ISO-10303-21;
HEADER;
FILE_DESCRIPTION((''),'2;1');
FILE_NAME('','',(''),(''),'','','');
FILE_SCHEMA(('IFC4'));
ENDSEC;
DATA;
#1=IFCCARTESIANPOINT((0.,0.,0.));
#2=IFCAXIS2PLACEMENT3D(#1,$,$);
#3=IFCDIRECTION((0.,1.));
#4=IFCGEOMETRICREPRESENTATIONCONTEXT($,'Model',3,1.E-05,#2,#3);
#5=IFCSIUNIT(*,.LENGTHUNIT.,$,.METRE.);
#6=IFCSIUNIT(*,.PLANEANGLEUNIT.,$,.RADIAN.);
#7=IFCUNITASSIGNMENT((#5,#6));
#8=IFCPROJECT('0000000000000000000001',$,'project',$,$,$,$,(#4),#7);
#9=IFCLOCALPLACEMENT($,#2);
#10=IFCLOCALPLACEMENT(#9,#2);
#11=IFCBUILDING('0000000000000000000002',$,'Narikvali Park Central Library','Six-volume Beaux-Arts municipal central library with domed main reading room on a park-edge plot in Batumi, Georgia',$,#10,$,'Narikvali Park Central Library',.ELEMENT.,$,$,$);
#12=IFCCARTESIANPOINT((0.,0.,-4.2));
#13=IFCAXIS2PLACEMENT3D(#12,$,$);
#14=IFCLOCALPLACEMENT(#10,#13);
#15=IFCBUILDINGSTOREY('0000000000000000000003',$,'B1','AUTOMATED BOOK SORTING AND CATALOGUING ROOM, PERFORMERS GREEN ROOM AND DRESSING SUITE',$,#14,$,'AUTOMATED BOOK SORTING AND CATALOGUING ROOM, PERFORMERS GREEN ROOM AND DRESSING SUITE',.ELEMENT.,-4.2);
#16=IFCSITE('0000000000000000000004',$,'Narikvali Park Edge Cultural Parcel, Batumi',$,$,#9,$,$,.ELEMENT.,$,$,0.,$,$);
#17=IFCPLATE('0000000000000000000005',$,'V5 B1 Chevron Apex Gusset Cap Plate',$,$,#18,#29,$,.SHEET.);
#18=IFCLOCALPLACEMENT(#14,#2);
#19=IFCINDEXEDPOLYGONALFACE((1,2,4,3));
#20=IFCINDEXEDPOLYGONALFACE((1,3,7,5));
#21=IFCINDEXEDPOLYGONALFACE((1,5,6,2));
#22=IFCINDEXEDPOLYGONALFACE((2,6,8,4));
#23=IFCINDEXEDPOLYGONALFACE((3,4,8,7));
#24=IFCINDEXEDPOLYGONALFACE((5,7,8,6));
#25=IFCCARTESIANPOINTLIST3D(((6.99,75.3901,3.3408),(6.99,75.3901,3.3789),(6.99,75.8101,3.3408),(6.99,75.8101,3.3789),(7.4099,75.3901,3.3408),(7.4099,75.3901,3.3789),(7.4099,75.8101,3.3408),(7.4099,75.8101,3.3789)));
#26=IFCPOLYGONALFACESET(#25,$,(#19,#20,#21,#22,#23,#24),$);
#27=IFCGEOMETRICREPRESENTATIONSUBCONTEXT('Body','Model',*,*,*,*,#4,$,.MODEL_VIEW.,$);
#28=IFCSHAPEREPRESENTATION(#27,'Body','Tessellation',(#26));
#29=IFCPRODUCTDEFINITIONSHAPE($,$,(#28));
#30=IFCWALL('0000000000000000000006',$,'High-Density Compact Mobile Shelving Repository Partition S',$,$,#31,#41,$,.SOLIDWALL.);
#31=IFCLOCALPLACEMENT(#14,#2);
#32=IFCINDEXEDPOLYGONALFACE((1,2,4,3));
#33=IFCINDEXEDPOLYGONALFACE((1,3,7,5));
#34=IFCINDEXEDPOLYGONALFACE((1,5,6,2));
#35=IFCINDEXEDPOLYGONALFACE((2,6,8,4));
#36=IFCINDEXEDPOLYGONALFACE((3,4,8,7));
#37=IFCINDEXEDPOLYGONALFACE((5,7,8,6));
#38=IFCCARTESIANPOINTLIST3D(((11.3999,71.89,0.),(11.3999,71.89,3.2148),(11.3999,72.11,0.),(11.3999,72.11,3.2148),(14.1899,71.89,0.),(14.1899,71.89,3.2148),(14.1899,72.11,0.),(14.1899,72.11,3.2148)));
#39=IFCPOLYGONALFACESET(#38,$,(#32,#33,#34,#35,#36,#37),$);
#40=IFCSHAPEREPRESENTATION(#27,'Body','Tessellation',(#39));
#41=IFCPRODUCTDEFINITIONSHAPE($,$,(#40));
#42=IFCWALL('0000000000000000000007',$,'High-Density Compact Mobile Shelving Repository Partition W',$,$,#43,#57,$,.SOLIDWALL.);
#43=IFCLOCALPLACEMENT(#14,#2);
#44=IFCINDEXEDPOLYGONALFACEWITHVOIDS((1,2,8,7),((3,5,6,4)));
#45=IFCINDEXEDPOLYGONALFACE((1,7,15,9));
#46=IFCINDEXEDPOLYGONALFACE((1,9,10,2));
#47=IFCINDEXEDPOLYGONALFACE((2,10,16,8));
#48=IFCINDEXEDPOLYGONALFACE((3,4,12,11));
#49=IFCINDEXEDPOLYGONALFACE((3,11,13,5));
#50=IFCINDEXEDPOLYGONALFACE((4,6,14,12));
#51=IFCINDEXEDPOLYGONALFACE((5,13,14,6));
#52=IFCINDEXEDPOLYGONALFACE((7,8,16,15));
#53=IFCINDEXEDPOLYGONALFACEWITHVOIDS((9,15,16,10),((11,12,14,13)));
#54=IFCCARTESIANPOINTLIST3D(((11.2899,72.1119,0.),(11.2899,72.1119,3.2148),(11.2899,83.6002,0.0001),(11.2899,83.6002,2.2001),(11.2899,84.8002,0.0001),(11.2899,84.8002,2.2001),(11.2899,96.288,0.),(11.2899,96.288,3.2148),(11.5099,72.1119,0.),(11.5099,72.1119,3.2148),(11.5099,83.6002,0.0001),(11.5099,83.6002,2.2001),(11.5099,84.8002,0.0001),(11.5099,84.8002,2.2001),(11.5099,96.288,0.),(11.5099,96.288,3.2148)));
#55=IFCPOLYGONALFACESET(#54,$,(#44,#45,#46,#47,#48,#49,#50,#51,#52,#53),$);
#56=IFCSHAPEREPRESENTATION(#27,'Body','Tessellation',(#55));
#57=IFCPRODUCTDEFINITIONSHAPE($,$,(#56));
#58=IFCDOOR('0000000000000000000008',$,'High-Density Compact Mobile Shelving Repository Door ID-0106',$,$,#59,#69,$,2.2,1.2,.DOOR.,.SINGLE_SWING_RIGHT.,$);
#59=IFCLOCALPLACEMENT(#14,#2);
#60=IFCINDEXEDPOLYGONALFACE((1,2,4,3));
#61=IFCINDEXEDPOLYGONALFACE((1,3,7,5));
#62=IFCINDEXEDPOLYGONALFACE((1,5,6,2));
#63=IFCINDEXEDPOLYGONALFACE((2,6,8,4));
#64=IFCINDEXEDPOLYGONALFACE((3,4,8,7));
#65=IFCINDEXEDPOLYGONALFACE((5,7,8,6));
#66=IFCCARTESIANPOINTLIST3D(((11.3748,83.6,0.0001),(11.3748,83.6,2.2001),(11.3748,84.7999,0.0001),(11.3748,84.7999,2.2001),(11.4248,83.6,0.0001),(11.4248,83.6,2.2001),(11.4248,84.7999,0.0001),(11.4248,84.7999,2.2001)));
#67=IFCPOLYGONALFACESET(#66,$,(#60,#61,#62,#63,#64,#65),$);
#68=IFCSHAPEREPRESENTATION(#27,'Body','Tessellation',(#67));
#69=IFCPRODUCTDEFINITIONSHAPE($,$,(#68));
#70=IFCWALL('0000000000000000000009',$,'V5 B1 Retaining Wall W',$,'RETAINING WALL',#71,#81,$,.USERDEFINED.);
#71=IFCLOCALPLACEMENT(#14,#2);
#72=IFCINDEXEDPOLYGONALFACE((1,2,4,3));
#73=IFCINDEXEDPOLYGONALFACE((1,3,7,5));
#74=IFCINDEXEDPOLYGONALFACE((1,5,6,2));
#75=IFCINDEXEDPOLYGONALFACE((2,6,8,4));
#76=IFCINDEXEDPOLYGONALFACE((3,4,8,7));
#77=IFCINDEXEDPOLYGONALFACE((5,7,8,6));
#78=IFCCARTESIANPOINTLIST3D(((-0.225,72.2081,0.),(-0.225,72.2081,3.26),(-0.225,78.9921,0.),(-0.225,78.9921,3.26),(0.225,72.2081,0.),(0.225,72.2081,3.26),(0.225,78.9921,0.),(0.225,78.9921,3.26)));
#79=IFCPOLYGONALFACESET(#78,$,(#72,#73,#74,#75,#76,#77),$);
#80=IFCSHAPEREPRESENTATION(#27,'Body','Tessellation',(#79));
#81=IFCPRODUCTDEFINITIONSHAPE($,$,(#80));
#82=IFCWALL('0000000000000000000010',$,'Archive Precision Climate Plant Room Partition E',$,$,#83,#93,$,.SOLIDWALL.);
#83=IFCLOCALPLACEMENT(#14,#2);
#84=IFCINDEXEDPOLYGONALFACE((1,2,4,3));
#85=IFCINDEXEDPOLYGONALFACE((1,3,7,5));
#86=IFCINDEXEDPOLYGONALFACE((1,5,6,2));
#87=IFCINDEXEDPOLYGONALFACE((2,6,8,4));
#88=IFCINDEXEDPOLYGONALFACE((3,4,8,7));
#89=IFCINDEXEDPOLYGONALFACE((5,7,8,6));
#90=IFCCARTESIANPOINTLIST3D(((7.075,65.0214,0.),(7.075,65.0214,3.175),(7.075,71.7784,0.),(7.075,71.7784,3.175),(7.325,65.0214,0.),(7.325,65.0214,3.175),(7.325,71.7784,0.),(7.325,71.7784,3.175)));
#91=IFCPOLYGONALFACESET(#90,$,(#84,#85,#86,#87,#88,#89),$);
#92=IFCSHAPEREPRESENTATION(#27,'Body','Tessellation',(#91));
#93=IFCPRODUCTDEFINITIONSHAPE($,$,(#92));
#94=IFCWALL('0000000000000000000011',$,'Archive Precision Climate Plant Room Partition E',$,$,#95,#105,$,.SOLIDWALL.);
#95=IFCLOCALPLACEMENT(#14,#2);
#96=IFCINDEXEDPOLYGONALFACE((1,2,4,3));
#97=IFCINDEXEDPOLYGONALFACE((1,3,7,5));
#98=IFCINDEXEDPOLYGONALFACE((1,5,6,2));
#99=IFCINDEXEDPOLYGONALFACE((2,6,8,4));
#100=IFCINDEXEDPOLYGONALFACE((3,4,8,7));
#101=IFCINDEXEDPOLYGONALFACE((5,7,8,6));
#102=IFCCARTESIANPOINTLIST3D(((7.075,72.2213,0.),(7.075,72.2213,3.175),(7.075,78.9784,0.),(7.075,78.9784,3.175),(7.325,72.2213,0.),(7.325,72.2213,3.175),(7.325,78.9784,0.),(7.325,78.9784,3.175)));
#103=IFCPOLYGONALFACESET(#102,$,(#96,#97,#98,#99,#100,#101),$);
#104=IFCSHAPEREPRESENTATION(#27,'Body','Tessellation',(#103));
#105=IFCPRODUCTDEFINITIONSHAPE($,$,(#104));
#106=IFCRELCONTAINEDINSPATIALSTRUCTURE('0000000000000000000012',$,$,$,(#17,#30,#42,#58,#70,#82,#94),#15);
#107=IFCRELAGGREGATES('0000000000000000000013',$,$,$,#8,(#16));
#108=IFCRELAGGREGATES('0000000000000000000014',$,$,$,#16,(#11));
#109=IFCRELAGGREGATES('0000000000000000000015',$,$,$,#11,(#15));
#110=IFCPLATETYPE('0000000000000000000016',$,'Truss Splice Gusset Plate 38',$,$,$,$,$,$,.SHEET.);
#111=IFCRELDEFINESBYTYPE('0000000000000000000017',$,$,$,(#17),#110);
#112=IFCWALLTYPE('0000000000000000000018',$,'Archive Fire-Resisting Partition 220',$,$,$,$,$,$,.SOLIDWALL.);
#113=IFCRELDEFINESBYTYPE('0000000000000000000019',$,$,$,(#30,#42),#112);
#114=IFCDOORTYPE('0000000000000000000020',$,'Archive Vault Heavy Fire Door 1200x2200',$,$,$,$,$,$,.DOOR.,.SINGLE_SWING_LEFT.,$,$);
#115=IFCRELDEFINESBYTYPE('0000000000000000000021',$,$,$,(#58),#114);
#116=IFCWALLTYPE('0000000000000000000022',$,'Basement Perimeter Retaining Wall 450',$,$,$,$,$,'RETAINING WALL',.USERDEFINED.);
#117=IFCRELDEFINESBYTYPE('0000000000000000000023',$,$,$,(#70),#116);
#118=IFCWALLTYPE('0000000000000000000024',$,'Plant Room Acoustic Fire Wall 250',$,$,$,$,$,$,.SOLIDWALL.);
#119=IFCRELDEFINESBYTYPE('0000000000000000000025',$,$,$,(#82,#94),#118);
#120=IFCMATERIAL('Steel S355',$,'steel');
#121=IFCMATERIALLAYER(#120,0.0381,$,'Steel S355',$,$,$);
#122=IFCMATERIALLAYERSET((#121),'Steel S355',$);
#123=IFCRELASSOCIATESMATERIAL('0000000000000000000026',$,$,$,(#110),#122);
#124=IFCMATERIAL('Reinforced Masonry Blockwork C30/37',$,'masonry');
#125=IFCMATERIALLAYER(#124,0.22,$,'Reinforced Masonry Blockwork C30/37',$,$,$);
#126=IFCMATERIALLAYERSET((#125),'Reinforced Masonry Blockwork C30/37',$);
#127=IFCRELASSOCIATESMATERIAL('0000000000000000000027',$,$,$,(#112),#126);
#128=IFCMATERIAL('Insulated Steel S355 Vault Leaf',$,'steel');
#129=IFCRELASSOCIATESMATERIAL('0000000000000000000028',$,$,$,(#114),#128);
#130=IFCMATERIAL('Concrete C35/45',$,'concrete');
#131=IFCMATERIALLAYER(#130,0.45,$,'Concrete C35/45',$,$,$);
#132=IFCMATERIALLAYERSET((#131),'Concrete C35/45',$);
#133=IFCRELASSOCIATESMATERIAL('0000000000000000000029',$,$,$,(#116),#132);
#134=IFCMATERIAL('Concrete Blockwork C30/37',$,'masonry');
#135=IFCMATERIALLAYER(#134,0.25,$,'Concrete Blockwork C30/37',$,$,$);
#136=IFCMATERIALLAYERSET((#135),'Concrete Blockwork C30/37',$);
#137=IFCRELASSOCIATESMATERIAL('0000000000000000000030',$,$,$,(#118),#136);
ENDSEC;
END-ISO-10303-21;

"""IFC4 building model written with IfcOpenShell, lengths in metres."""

from ifc_helpers import new_model, si_unit, direction, frame, frame_2d, origin, origin_2d, place, context, subcontext, project, spatial, rectangle, extrude, material, layer, layer_set, type_object, element, fill, save


model = new_model("IFC4")

# Units and contexts
model_context = context("Model", 3, precision=1e-05, world=origin(), true_north=direction((0.0, 1.0)))
body_context = subcontext(model_context, "Body", "Model", "MODEL_VIEW")
ifc_project = project(units=[si_unit("LENGTHUNIT", "METRE"), si_unit("PLANEANGLEUNIT", "RADIAN")], contexts=[model_context])

# Site, building, storey
site_placement = place(None, origin())
site = spatial("IfcSite", under=ifc_project, at=site_placement, Name="Narikvali Park Edge Cultural Parcel, Batumi", CompositionType="ELEMENT", RefElevation=0.0)
building_placement = place(site_placement, origin())
building = spatial("IfcBuilding", under=site, at=building_placement, Name="Narikvali Park Central Library", Description="Six-volume Beaux-Arts municipal central library with domed main reading room on a park-edge plot in Batumi, Georgia", LongName="Narikvali Park Central Library", CompositionType="ELEMENT")
storey_placement = place(building_placement, frame((0.0, 0.0, -4.2)))
storey = spatial("IfcBuildingStorey", under=building, at=storey_placement, Name="B1", Description="AUTOMATED BOOK SORTING AND CATALOGUING ROOM, PERFORMERS GREEN ROOM AND DRESSING SUITE", LongName="AUTOMATED BOOK SORTING AND CATALOGUING ROOM, PERFORMERS GREEN ROOM AND DRESSING SUITE", CompositionType="ELEMENT", Elevation=-4.2)

# Shared definitions
ifc_material_1 = material(Name="Concrete C35/45", Category="concrete")

# Shared definitions
ifc_material_2 = material(Name="Steel S355", Category="steel")

# Plate
ifc_layer_1 = layer(ifc_material_2, 0.0381, Name="Steel S355")
ifc_layer_set_1 = layer_set([ifc_layer_1], Name="Steel S355")
plate_type_1 = type_object("IfcPlateType", Name="Truss Splice Gusset Plate 38", PredefinedType="SHEET", material=ifc_layer_set_1)
plate_1_placement = place(storey_placement, frame((7.2, 75.6001, 3.3408), z_axis=(0.0, 0.0, 1.0), x_axis=(1.0, 0.0, 0.0)))
element("IfcPlate", 1, at=plate_1_placement, inside=storey, type_object=plate_type_1, Name="V5 B1 Chevron Apex Gusset Cap Plate", PredefinedType="SHEET", context=body_context, shape_type="SweptSolid", body=[
    extrude(rectangle(XDim=0.4199, YDim=0.4199, at=origin_2d()), origin(), (0.0, 0.0, 1.0), 0.0381),
])

# Wall
ifc_material_3 = material(Name="Reinforced Masonry Blockwork C30/37", Category="masonry")
ifc_layer_2 = layer(ifc_material_3, 0.22, Name="Reinforced Masonry Blockwork C30/37")
ifc_layer_set_2 = layer_set([ifc_layer_2], Name="Reinforced Masonry Blockwork C30/37")
wall_type_1 = type_object("IfcWallType", Name="Archive Fire-Resisting Partition 220", PredefinedType="SOLIDWALL", material=ifc_layer_set_2)
wall_1_placement = place(storey_placement, frame((11.3999, 72.0, 0.0), z_axis=(0.0, 0.0, 1.0), x_axis=(1.0, 0.0, 0.0)))
element("IfcWall", 2, at=wall_1_placement, inside=storey, type_object=wall_type_1, Name="High-Density Compact Mobile Shelving Repository Partition S", PredefinedType="SOLIDWALL", context=body_context, shape_type="SweptSolid", body=[
    extrude(rectangle(XDim=2.79, YDim=0.22, at=frame_2d((1.395, 0.0))), origin(), (0.0, 0.0, 1.0), 3.2148),
])

# Wall, opening, door
wall_2_placement = place(storey_placement, frame((11.3999, 72.1121, 0.0), z_axis=(0.0, 0.0, 1.0), x_axis=(0.0, 1.0, 0.0)))
wall_2 = element("IfcWall", 3, at=wall_2_placement, inside=storey, type_object=wall_type_1, Name="High-Density Compact Mobile Shelving Repository Partition W", PredefinedType="SOLIDWALL", context=body_context, shape_type="SweptSolid", body=[
    extrude(rectangle(XDim=24.176, YDim=0.22, at=frame_2d((12.0879, 0.0))), origin(), (0.0, 0.0, 1.0), 3.2148),
])
opening_placement = place(wall_2_placement, frame((11.488, 0.0, 0.0)))
opening = element("IfcOpeningElement", 4, at=opening_placement, cuts=wall_2, PredefinedType="OPENING", context=body_context, shape_type="SweptSolid", body=[
    extrude(rectangle(XDim=1.2, YDim=2.2, at=frame_2d((0.6001, 1.1001))), frame((0.0, 0.1221, 0.0), z_axis=(0.0, -1.0, 0.0), x_axis=(1.0, 0.0, 0.0)), (0.0, 0.0, 1.0), 0.2439),
])
ifc_material_4 = material(Name="Insulated Steel S355 Vault Leaf", Category="steel")
door_type = type_object("IfcDoorType", Name="Archive Vault Heavy Fire Door 1200x2200", OperationType="SINGLE_SWING_LEFT", PredefinedType="DOOR", material=ifc_material_4)
door_placement = place(opening_placement, frame((1.2, 0.0, 0.0), z_axis=(0.0, 0.0, 1.0), x_axis=(-1.0, 0.0, 0.0)))
door = element("IfcDoor", 5, at=door_placement, inside=storey, type_object=door_type, Name="High-Density Compact Mobile Shelving Repository Door ID-0106", OperationType="SINGLE_SWING_RIGHT", OverallHeight=2.2, OverallWidth=1.2, PredefinedType="DOOR", context=body_context, shape_type="SweptSolid", body=[
    extrude(rectangle(XDim=1.2, YDim=2.2, at=frame_2d((0.6001, 1.1001))), frame((0.0, 0.0249, 0.0), z_axis=(0.0, -1.0, 0.0), x_axis=(1.0, 0.0, 0.0)), (0.0, 0.0, 1.0), 0.05),
])
fill(opening, door)

# Walls
ifc_layer_3 = layer(ifc_material_1, 0.45, Name="Concrete C35/45")
ifc_layer_set_3 = layer_set([ifc_layer_3], Name="Concrete C35/45")
wall_type_2 = type_object("IfcWallType", Name="Basement Perimeter Retaining Wall 450", ElementType="RETAINING WALL", PredefinedType="USERDEFINED", material=ifc_layer_set_3)
wall_3_placement = place(storey_placement, frame((0.0, 72.208, 0.0), z_axis=(0.0, 0.0, 1.0), x_axis=(0.0, 1.0, 0.0)))
element("IfcWall", 6, at=wall_3_placement, inside=storey, type_object=wall_type_2, Name="V5 B1 Retaining Wall W", ObjectType="RETAINING WALL", PredefinedType="USERDEFINED", context=body_context, shape_type="SweptSolid", body=[
    extrude(rectangle(XDim=6.7839, YDim=0.45, at=frame_2d((3.3921, 0.0))), origin(), (0.0, 0.0, 1.0), 3.26),
])
ifc_material_5 = material(Name="Concrete Blockwork C30/37", Category="masonry")
ifc_layer_4 = layer(ifc_material_5, 0.25, Name="Concrete Blockwork C30/37")
ifc_layer_set_4 = layer_set([ifc_layer_4], Name="Concrete Blockwork C30/37")
wall_type_3 = type_object("IfcWallType", Name="Plant Room Acoustic Fire Wall 250", PredefinedType="SOLIDWALL", material=ifc_layer_set_4)
for number, where, z_axis, x_axis, name in (
    (7, (7.2, 65.0215, 0.0), (0.0, 0.0, 1.0), (0.0, 1.0, 0.0), "Archive Precision Climate Plant Room Partition E"),
    (8, (7.2, 72.2214, 0.0), (0.0, 0.0, 1.0), (0.0, 1.0, 0.0), "Archive Precision Climate Plant Room Partition E"),
):
    element("IfcWall", number, at=place(storey_placement, frame(where, z_axis=z_axis, x_axis=x_axis)), inside=storey, type_object=wall_type_3, Name=name, PredefinedType="SOLIDWALL", context=body_context, shape_type="SweptSolid", body=[
        extrude(rectangle(XDim=6.7571, YDim=0.25, at=frame_2d((3.3784, 0.0))), origin(), (0.0, 0.0, 1.0), 3.175),
    ])

save(model, "model.ifc")
